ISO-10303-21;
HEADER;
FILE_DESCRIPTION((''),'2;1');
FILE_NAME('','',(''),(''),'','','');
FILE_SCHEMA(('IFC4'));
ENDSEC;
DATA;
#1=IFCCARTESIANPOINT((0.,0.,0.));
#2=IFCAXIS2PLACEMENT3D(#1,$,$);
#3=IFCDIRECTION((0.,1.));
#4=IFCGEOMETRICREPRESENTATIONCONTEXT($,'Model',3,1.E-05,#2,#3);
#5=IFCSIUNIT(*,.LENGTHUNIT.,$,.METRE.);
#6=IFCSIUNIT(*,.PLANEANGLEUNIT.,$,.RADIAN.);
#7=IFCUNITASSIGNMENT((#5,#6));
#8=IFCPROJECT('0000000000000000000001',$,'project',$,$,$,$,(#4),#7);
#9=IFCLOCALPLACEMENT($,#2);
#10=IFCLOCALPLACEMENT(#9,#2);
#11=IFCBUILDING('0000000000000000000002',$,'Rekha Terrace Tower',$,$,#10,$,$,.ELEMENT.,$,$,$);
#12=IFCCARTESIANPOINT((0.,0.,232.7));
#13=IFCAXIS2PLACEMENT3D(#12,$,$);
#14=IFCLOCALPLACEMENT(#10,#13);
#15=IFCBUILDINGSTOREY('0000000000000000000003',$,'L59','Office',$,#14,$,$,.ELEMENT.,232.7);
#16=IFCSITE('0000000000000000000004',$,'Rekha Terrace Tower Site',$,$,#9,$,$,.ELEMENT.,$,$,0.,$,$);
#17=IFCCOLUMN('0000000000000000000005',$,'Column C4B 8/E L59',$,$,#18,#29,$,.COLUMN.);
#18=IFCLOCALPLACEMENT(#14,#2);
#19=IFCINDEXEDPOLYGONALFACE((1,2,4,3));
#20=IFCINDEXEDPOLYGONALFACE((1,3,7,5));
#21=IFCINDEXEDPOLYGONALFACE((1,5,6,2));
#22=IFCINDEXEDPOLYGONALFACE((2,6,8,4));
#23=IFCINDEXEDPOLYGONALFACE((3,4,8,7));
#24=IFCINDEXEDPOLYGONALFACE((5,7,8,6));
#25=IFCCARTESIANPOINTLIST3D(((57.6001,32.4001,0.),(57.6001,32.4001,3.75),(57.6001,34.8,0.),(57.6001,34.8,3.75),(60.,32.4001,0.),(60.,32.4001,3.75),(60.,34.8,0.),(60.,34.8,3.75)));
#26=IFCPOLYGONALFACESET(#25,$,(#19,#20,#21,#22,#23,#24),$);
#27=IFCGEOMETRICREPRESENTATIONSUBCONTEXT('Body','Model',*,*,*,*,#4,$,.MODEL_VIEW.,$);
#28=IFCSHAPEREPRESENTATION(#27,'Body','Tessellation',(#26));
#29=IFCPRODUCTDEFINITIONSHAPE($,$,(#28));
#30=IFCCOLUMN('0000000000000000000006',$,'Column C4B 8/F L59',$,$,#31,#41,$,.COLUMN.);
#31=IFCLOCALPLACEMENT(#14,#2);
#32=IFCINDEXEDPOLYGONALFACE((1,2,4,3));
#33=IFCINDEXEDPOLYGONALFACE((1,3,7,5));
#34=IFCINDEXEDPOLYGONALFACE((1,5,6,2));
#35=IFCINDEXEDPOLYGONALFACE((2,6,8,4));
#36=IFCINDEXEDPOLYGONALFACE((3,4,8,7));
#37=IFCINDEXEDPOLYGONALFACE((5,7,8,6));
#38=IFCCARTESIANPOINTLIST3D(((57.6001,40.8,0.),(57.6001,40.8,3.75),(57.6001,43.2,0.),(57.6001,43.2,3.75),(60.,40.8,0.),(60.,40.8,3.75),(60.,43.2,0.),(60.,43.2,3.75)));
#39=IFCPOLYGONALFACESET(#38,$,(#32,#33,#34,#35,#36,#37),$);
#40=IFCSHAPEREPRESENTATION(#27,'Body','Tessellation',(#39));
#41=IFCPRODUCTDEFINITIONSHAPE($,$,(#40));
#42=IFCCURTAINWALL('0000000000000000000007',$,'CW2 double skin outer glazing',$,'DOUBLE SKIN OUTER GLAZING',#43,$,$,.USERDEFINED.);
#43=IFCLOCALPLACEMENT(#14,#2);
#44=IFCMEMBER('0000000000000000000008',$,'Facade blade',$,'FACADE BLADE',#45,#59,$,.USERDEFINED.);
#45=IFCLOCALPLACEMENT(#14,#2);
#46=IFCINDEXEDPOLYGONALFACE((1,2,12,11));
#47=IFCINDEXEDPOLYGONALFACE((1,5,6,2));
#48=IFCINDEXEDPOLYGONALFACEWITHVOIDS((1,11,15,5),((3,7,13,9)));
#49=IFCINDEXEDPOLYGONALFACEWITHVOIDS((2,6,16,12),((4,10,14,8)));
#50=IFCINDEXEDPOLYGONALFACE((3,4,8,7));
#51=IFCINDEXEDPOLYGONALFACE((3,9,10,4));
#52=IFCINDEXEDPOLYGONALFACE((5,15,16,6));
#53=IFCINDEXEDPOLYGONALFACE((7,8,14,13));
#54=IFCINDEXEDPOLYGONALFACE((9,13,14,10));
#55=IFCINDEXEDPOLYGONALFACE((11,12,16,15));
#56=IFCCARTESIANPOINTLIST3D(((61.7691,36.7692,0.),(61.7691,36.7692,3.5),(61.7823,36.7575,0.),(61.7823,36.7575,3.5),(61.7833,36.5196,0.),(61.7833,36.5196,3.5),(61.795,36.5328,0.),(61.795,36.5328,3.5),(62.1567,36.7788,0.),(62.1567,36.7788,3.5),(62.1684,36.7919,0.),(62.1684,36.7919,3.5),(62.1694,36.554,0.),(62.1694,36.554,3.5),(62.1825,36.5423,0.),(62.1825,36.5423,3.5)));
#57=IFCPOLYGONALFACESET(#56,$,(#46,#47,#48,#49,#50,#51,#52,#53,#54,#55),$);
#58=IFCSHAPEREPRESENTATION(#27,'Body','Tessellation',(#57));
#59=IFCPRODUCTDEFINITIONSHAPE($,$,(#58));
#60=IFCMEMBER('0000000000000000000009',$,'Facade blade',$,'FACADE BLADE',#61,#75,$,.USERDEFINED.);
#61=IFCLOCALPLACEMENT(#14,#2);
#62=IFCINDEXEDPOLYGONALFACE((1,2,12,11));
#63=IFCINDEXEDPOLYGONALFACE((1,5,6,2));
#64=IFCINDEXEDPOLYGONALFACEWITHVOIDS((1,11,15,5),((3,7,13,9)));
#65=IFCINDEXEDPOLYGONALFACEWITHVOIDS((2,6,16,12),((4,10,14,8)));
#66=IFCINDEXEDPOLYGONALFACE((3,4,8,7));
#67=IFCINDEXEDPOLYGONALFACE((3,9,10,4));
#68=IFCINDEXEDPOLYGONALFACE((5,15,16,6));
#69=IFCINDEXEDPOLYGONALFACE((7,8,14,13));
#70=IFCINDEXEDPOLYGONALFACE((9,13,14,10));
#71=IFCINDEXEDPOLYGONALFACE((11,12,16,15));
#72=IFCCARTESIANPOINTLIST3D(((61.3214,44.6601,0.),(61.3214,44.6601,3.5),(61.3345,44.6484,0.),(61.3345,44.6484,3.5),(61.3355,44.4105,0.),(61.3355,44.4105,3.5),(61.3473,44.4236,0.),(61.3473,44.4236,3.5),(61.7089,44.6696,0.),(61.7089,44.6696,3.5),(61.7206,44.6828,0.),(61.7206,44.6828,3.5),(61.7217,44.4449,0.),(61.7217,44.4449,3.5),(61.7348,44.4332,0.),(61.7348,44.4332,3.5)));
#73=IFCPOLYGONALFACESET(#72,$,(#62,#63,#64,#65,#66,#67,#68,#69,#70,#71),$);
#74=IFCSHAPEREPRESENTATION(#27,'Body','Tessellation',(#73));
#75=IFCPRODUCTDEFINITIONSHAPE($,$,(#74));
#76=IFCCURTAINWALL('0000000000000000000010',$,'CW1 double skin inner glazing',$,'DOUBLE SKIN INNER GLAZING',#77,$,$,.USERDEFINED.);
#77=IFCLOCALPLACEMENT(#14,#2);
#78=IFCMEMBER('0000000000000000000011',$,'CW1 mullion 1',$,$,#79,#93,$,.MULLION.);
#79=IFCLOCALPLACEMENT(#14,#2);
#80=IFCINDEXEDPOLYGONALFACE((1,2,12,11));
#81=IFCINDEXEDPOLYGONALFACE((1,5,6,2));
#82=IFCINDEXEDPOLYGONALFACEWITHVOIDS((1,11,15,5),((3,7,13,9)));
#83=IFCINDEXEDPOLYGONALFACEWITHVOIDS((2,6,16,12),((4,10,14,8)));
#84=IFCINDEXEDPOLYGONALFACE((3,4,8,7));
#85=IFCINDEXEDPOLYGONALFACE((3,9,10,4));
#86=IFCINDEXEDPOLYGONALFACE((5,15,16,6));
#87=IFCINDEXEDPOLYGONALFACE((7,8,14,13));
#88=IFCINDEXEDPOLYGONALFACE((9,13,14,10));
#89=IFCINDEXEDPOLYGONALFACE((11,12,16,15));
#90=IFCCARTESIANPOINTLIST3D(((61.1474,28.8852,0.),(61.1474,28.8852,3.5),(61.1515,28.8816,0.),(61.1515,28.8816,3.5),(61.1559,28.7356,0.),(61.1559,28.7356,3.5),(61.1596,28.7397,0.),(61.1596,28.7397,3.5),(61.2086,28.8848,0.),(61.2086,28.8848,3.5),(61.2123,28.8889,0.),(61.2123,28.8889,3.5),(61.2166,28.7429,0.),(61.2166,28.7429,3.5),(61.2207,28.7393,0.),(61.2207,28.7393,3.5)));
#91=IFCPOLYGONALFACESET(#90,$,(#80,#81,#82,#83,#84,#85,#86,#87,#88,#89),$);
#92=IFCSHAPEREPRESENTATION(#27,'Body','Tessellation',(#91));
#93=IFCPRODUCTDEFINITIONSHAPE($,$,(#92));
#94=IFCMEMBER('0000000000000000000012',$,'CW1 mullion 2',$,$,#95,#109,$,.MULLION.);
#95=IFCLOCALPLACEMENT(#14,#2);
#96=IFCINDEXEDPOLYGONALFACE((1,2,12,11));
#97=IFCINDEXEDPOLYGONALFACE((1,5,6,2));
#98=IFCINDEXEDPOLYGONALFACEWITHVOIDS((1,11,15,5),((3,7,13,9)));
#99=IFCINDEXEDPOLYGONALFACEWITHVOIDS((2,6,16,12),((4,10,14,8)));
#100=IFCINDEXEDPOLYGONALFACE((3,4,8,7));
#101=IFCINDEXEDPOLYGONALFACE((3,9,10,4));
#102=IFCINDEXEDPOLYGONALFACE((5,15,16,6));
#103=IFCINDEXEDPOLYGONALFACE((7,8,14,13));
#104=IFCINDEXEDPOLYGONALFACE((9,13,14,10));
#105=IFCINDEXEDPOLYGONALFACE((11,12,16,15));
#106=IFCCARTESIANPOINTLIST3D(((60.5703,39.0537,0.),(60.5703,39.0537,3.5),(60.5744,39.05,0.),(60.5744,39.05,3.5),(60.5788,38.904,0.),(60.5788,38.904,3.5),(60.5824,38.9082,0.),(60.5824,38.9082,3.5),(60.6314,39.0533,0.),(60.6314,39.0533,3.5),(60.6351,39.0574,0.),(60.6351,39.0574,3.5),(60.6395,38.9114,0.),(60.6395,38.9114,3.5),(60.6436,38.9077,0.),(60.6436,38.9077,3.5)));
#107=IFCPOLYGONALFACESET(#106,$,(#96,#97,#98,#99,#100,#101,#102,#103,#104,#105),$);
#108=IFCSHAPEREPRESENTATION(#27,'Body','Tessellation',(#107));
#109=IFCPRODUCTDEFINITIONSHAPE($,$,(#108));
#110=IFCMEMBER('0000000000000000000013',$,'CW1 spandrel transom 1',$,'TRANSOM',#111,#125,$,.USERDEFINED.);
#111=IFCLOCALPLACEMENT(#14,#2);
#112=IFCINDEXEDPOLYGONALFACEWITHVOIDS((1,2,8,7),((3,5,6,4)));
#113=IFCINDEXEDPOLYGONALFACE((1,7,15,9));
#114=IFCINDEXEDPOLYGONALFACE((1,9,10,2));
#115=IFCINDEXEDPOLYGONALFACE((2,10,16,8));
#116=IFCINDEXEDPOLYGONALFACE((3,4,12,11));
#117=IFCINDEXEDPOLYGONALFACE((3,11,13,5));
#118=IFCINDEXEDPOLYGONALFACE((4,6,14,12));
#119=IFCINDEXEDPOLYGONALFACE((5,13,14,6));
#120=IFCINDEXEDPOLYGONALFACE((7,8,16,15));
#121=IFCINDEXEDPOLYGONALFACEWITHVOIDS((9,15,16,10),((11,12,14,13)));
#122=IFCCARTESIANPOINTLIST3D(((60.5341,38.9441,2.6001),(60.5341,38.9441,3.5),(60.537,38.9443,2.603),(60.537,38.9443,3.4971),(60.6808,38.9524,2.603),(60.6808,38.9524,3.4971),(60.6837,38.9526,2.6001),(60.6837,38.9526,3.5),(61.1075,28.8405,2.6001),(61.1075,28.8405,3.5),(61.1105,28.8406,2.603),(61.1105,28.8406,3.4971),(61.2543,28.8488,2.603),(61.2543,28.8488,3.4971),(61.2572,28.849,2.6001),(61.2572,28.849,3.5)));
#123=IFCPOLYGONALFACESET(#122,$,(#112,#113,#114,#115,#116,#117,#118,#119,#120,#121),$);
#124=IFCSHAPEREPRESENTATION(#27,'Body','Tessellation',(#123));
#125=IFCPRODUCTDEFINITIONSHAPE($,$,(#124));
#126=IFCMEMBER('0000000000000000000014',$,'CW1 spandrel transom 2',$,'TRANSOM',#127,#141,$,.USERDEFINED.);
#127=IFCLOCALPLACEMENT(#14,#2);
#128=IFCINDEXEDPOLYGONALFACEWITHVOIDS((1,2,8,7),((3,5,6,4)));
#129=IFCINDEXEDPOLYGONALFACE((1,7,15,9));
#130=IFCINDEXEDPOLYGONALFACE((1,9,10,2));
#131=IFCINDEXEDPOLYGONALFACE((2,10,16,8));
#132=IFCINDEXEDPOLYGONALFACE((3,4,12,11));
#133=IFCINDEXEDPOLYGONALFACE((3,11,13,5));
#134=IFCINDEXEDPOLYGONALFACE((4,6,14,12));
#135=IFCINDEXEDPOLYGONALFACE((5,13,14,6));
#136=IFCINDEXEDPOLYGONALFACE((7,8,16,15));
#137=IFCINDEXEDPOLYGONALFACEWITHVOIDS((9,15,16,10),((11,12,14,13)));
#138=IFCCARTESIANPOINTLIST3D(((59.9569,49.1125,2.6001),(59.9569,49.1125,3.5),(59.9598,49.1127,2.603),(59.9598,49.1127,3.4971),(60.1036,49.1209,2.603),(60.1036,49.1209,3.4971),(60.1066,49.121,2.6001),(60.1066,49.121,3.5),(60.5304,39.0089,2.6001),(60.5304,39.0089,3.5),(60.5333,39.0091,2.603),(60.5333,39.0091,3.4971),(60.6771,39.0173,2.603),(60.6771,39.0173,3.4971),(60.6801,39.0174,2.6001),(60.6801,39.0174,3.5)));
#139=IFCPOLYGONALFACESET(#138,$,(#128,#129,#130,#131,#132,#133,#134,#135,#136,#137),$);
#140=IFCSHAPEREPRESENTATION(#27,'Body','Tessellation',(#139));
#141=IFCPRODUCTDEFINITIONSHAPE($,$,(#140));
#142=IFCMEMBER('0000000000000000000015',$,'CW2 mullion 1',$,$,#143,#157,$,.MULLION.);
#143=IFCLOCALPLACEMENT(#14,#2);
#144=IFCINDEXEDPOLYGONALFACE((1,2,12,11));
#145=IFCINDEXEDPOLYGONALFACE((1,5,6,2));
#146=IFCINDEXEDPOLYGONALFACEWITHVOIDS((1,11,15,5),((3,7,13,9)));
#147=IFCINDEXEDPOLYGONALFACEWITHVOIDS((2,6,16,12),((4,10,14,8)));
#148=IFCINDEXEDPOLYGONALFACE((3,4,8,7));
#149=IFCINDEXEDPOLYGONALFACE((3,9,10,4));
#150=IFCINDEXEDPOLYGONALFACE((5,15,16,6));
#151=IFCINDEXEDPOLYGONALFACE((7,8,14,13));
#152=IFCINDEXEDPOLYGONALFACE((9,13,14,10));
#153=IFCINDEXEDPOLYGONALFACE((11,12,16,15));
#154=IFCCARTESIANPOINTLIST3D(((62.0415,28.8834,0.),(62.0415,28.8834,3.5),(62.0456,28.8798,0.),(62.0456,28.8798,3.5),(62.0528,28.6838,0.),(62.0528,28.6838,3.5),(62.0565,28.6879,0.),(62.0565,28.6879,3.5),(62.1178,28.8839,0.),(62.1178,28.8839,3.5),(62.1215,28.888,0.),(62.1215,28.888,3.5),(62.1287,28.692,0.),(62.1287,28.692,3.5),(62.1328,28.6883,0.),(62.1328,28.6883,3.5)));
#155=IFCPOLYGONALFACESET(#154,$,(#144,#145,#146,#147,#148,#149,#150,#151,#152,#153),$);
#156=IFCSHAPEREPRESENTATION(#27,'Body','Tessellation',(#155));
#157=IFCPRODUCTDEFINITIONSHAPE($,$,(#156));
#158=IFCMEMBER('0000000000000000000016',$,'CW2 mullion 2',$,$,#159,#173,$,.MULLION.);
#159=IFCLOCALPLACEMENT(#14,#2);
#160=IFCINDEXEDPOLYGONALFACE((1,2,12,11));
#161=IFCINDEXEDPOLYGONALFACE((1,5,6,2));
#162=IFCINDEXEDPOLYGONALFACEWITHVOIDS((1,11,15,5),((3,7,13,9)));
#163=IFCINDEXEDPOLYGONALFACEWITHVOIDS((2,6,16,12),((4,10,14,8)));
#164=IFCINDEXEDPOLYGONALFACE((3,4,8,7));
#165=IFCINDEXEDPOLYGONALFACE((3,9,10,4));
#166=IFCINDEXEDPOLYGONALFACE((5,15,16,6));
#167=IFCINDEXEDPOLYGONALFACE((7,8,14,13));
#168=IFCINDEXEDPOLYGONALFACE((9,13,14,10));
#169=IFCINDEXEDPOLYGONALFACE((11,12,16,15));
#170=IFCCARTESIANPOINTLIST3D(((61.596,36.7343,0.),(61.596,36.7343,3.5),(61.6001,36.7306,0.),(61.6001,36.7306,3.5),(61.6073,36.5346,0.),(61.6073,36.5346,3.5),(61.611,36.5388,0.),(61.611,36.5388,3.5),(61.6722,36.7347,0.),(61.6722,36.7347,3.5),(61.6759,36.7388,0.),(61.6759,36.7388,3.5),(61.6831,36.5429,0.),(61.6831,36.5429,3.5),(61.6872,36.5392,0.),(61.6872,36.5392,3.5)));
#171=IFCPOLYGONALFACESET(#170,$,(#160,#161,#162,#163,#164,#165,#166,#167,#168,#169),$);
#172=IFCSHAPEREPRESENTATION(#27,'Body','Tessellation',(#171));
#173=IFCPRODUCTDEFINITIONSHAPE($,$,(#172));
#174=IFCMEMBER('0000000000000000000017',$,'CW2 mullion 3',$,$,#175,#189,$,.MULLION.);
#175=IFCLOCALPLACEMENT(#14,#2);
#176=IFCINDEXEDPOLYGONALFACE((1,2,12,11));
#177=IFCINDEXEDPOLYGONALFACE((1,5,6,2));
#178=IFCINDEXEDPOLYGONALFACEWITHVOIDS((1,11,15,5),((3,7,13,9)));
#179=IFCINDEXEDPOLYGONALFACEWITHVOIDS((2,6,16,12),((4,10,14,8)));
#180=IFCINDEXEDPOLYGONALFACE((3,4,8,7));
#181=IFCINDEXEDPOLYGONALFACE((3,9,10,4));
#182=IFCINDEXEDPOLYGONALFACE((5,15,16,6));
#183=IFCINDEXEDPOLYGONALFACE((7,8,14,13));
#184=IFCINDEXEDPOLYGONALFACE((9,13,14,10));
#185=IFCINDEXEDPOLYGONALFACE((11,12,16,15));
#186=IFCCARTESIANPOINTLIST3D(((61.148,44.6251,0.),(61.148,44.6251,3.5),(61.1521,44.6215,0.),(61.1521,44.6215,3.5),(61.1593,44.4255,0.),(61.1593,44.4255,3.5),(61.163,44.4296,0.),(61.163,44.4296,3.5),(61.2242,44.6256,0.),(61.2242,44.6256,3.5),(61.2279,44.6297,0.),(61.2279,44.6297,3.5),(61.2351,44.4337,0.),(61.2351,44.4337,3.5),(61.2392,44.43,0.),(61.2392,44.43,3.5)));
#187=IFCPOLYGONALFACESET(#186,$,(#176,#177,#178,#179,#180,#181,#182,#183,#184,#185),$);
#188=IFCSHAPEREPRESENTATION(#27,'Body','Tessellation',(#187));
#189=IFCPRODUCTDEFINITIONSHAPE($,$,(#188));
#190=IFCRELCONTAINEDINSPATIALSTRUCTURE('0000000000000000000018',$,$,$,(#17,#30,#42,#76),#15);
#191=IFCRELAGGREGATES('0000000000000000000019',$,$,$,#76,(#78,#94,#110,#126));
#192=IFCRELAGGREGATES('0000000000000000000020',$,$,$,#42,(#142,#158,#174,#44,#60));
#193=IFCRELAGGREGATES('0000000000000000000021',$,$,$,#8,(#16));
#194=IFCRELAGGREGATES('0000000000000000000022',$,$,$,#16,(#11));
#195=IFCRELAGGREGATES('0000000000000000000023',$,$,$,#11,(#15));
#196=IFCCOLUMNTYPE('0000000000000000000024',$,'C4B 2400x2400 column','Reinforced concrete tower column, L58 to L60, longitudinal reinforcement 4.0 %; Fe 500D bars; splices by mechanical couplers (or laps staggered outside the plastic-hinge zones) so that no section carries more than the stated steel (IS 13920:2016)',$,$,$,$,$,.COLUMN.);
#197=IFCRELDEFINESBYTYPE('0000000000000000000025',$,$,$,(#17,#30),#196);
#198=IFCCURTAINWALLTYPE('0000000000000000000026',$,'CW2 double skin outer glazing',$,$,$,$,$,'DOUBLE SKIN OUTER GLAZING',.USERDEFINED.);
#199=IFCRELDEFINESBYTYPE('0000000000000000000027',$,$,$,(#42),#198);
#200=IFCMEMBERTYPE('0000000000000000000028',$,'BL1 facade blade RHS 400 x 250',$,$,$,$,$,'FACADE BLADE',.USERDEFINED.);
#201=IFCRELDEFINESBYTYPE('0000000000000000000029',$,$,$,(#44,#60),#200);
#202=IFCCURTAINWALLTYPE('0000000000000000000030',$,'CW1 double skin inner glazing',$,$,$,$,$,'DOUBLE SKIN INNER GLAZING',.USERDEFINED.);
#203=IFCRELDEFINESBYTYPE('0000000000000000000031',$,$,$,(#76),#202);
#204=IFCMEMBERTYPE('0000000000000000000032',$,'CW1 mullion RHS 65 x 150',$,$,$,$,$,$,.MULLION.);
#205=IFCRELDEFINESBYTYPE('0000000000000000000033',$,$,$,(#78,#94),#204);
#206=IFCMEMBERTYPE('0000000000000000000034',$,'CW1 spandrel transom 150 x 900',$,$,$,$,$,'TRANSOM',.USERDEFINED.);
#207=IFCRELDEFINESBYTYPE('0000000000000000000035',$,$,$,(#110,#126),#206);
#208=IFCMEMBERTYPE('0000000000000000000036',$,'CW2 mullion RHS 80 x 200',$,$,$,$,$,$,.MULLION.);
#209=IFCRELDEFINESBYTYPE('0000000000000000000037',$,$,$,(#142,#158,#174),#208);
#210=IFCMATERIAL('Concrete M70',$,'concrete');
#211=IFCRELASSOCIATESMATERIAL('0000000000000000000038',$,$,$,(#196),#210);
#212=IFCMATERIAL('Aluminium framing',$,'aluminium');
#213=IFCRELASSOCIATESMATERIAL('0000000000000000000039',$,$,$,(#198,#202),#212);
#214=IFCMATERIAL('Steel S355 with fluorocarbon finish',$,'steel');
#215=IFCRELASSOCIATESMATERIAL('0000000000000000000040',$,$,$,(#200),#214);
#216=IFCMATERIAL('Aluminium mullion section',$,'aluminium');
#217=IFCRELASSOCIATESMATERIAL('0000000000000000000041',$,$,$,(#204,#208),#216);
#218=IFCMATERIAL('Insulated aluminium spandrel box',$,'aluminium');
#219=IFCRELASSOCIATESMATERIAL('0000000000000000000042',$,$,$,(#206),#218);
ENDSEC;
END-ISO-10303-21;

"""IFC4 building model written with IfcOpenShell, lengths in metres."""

from ifc_helpers import new_model, si_unit, direction, frame, origin, origin_2d, place, context, subcontext, project, spatial, rectangle, hollow_rectangle, extrude, material, material_profile, profile_set, type_object, element, aggregate, save


model = new_model("IFC4")

# Units and contexts
model_context = context("Model", 3, precision=1e-05, world=origin(), true_north=direction((0.0, 1.0)))
body_context = subcontext(model_context, "Body", "Model", "MODEL_VIEW")
ifc_project = project(units=[si_unit("LENGTHUNIT", "METRE"), si_unit("PLANEANGLEUNIT", "RADIAN")], contexts=[model_context])

# Site, building, storey
site_placement = place(None, origin())
site = spatial("IfcSite", under=ifc_project, at=site_placement, Name="Rekha Terrace Tower Site", CompositionType="ELEMENT", RefElevation=0.0)
building_placement = place(site_placement, origin())
building = spatial("IfcBuilding", under=site, at=building_placement, Name="Rekha Terrace Tower", CompositionType="ELEMENT")
storey_placement = place(building_placement, frame((0.0, 0.0, 232.7)))
storey = spatial("IfcBuildingStorey", under=building, at=storey_placement, Name="L59", Description="Office", CompositionType="ELEMENT", Elevation=232.7)

# Columns
ifc_material_1 = material(Name="Concrete M70", Category="concrete")
ifc_material_profile_1 = material_profile(ifc_material_1, rectangle(XDim=2.3999, YDim=2.3999, at=origin_2d()), Name="RC 2400x2400")
ifc_profile_set_1 = profile_set([ifc_material_profile_1], Name="Concrete M70")
column_type = type_object("IfcColumnType", Name="C4B 2400x2400 column", Description="Reinforced concrete tower column, L58 to L60, longitudinal reinforcement 4.0 %; Fe 500D bars; splices by mechanical couplers (or laps staggered outside the plastic-hinge zones) so that no section carries more than the stated steel (IS 13920:2016)", PredefinedType="COLUMN", material=ifc_profile_set_1)
for number, where, z_axis, x_axis, name in (
    (1, (58.8, 33.6001, 0.0), (0.0, 0.0, 1.0), (1.0, 0.0, 0.0), "Column C4B 8/E L59"),
    (2, (58.8, 42.0, 0.0), (0.0, 0.0, 1.0), (1.0, 0.0, 0.0), "Column C4B 8/F L59"),
):
    element("IfcColumn", number, at=place(storey_placement, frame(where, z_axis=z_axis, x_axis=x_axis)), inside=storey, type_object=column_type, Name=name, PredefinedType="COLUMN", context=body_context, shape_type="SweptSolid", body=[
        extrude(rectangle(XDim=2.3999, YDim=2.3999, at=origin_2d()), origin(), (0.0, 0.0, 1.0), 3.75),
    ])

# Curtain walls, members
ifc_material_2 = material(Name="Aluminium framing", Category="aluminium")
curtain_wall_type_1 = type_object("IfcCurtainWallType", Name="CW2 double skin outer glazing", ElementType="DOUBLE SKIN OUTER GLAZING", PredefinedType="USERDEFINED", material=ifc_material_2)
curtain_wall_1_placement = place(storey_placement, origin())
curtain_wall_1 = element("IfcCurtainWall", 3, at=curtain_wall_1_placement, inside=storey, type_object=curtain_wall_type_1, Name="CW2 double skin outer glazing", ObjectType="DOUBLE SKIN OUTER GLAZING", PredefinedType="USERDEFINED")
ifc_material_3 = material(Name="Steel S355 with fluorocarbon finish", Category="steel")
ifc_material_profile_2 = material_profile(ifc_material_3, hollow_rectangle(XDim=0.25, YDim=0.3999, WallThickness=0.0125, at=origin_2d()), Name="RHS400x250x12.5")
ifc_profile_set_2 = profile_set([ifc_material_profile_2], Name="Steel S355 with fluorocarbon finish")
member_type_1 = type_object("IfcMemberType", Name="BL1 facade blade RHS 400 x 250", ElementType="FACADE BLADE", PredefinedType="USERDEFINED", material=ifc_profile_set_2)
member_1_placement = place(storey_placement, frame((61.9758, 36.6558, 0.0), z_axis=(0.0, 0.0, 1.0), x_axis=(-0.056674, 0.998393, 0.0)))
member_1 = element("IfcMember", 4, at=member_1_placement, type_object=member_type_1, Name="Facade blade", ObjectType="FACADE BLADE", PredefinedType="USERDEFINED", context=body_context, shape_type="SweptSolid", body=[
    extrude(hollow_rectangle(XDim=0.25, YDim=0.3999, WallThickness=0.0125, at=origin_2d()), origin(), (0.0, 0.0, 1.0), 3.5),
])
member_2_placement = place(storey_placement, frame((61.5281, 44.5466, 0.0), z_axis=(0.0, 0.0, 1.0), x_axis=(-0.056674, 0.998393, 0.0)))
member_2 = element("IfcMember", 5, at=member_2_placement, type_object=member_type_1, Name="Facade blade", ObjectType="FACADE BLADE", PredefinedType="USERDEFINED", context=body_context, shape_type="SweptSolid", body=[
    extrude(hollow_rectangle(XDim=0.25, YDim=0.3999, WallThickness=0.0125, at=origin_2d()), origin(), (0.0, 0.0, 1.0), 3.5),
])
curtain_wall_type_2 = type_object("IfcCurtainWallType", Name="CW1 double skin inner glazing", ElementType="DOUBLE SKIN INNER GLAZING", PredefinedType="USERDEFINED", material=ifc_material_2)
curtain_wall_2_placement = place(storey_placement, origin())
curtain_wall_2 = element("IfcCurtainWall", 6, at=curtain_wall_2_placement, inside=storey, type_object=curtain_wall_type_2, Name="CW1 double skin inner glazing", ObjectType="DOUBLE SKIN INNER GLAZING", PredefinedType="USERDEFINED")
ifc_material_4 = material(Name="Aluminium mullion section", Category="aluminium")
ifc_material_profile_3 = material_profile(ifc_material_4, hollow_rectangle(XDim=0.0649, YDim=0.1499, WallThickness=0.0039, at=origin_2d()), Name="AL RHS 65x150")
ifc_profile_set_3 = profile_set([ifc_material_profile_3], Name="Aluminium mullion section")
member_type_2 = type_object("IfcMemberType", Name="CW1 mullion RHS 65 x 150", PredefinedType="MULLION", material=ifc_profile_set_3)
member_3_placement = place(storey_placement, frame((61.1841, 28.8123, 0.0), z_axis=(0.0, 0.0, 1.0), x_axis=(-0.998393, -0.056673, 0.0)))
member_3 = element("IfcMember", 7, at=member_3_placement, type_object=member_type_2, Name="CW1 mullion 1", PredefinedType="MULLION", context=body_context, shape_type="SweptSolid", body=[
    extrude(hollow_rectangle(XDim=0.0649, YDim=0.1499, WallThickness=0.0039, at=origin_2d()), origin(), (0.0, 0.0, 1.0), 3.5),
])
member_4_placement = place(storey_placement, frame((60.6069, 38.9807, 0.0), z_axis=(0.0, 0.0, 1.0), x_axis=(-0.998393, -0.056673, 0.0)))
member_4 = element("IfcMember", 8, at=member_4_placement, type_object=member_type_2, Name="CW1 mullion 2", PredefinedType="MULLION", context=body_context, shape_type="SweptSolid", body=[
    extrude(hollow_rectangle(XDim=0.0649, YDim=0.1499, WallThickness=0.0039, at=origin_2d()), origin(), (0.0, 0.0, 1.0), 3.5),
])
ifc_material_5 = material(Name="Insulated aluminium spandrel box", Category="aluminium")
ifc_material_profile_4 = material_profile(ifc_material_5, hollow_rectangle(XDim=0.1499, YDim=0.8999, WallThickness=0.0029, at=origin_2d()), Name="AL SPANDREL BOX 150x900")
ifc_profile_set_4 = profile_set([ifc_material_profile_4], Name="Insulated aluminium spandrel box")
member_type_3 = type_object("IfcMemberType", Name="CW1 spandrel transom 150 x 900", ElementType="TRANSOM", PredefinedType="USERDEFINED", material=ifc_profile_set_4)
member_5_placement = place(storey_placement, frame((61.1824, 28.8447, 3.05), z_axis=(-0.05667, 0.998393, 0.0), x_axis=(-0.998393, -0.05667, 0.0)))
member_5 = element("IfcMember", 9, at=member_5_placement, type_object=member_type_3, Name="CW1 spandrel transom 1", ObjectType="TRANSOM", PredefinedType="USERDEFINED", context=body_context, shape_type="SweptSolid", body=[
    extrude(hollow_rectangle(XDim=0.1499, YDim=0.8999, WallThickness=0.0029, at=origin_2d()), origin(), (0.0, 0.0, 1.0), 10.1199),
])
member_6_placement = place(storey_placement, frame((60.6052, 39.0132, 3.05), z_axis=(-0.05667, 0.998393, 0.0), x_axis=(-0.998393, -0.05667, 0.0)))
member_6 = element("IfcMember", 10, at=member_6_placement, type_object=member_type_3, Name="CW1 spandrel transom 2", ObjectType="TRANSOM", PredefinedType="USERDEFINED", context=body_context, shape_type="SweptSolid", body=[
    extrude(hollow_rectangle(XDim=0.1499, YDim=0.8999, WallThickness=0.0029, at=origin_2d()), origin(), (0.0, 0.0, 1.0), 10.1199),
])

# Members
ifc_material_profile_5 = material_profile(ifc_material_4, hollow_rectangle(XDim=0.0801, YDim=0.2, WallThickness=0.0039, at=origin_2d()), Name="AL RHS 80x200")
ifc_profile_set_5 = profile_set([ifc_material_profile_5], Name="Aluminium mullion section")
member_type_4 = type_object("IfcMemberType", Name="CW2 mullion RHS 80 x 200", PredefinedType="MULLION", material=ifc_profile_set_5)
member_7_placement = place(storey_placement, frame((62.0872, 28.7859, 0.0), z_axis=(0.0, 0.0, 1.0), x_axis=(-0.998393, -0.056673, 0.0)))
member_7 = element("IfcMember", 11, at=member_7_placement, type_object=member_type_4, Name="CW2 mullion 1", PredefinedType="MULLION", context=body_context, shape_type="SweptSolid", body=[
    extrude(hollow_rectangle(XDim=0.0801, YDim=0.2, WallThickness=0.0039, at=origin_2d()), origin(), (0.0, 0.0, 1.0), 3.5),
])
member_8_placement = place(storey_placement, frame((61.6416, 36.6367, 0.0), z_axis=(0.0, 0.0, 1.0), x_axis=(-0.998393, -0.056673, 0.0)))
member_8 = element("IfcMember", 12, at=member_8_placement, type_object=member_type_4, Name="CW2 mullion 2", PredefinedType="MULLION", context=body_context, shape_type="SweptSolid", body=[
    extrude(hollow_rectangle(XDim=0.0801, YDim=0.2, WallThickness=0.0039, at=origin_2d()), origin(), (0.0, 0.0, 1.0), 3.5),
])
member_9_placement = place(storey_placement, frame((61.1936, 44.5276, 0.0), z_axis=(0.0, 0.0, 1.0), x_axis=(-0.998393, -0.056673, 0.0)))
member_9 = element("IfcMember", 13, at=member_9_placement, type_object=member_type_4, Name="CW2 mullion 3", PredefinedType="MULLION", context=body_context, shape_type="SweptSolid", body=[
    extrude(hollow_rectangle(XDim=0.0801, YDim=0.2, WallThickness=0.0039, at=origin_2d()), origin(), (0.0, 0.0, 1.0), 3.5),
])

aggregate(curtain_wall_2, [member_3, member_4, member_5, member_6])
aggregate(curtain_wall_1, [member_7, member_8, member_9, member_1, member_2])

save(model, "model.ifc")
